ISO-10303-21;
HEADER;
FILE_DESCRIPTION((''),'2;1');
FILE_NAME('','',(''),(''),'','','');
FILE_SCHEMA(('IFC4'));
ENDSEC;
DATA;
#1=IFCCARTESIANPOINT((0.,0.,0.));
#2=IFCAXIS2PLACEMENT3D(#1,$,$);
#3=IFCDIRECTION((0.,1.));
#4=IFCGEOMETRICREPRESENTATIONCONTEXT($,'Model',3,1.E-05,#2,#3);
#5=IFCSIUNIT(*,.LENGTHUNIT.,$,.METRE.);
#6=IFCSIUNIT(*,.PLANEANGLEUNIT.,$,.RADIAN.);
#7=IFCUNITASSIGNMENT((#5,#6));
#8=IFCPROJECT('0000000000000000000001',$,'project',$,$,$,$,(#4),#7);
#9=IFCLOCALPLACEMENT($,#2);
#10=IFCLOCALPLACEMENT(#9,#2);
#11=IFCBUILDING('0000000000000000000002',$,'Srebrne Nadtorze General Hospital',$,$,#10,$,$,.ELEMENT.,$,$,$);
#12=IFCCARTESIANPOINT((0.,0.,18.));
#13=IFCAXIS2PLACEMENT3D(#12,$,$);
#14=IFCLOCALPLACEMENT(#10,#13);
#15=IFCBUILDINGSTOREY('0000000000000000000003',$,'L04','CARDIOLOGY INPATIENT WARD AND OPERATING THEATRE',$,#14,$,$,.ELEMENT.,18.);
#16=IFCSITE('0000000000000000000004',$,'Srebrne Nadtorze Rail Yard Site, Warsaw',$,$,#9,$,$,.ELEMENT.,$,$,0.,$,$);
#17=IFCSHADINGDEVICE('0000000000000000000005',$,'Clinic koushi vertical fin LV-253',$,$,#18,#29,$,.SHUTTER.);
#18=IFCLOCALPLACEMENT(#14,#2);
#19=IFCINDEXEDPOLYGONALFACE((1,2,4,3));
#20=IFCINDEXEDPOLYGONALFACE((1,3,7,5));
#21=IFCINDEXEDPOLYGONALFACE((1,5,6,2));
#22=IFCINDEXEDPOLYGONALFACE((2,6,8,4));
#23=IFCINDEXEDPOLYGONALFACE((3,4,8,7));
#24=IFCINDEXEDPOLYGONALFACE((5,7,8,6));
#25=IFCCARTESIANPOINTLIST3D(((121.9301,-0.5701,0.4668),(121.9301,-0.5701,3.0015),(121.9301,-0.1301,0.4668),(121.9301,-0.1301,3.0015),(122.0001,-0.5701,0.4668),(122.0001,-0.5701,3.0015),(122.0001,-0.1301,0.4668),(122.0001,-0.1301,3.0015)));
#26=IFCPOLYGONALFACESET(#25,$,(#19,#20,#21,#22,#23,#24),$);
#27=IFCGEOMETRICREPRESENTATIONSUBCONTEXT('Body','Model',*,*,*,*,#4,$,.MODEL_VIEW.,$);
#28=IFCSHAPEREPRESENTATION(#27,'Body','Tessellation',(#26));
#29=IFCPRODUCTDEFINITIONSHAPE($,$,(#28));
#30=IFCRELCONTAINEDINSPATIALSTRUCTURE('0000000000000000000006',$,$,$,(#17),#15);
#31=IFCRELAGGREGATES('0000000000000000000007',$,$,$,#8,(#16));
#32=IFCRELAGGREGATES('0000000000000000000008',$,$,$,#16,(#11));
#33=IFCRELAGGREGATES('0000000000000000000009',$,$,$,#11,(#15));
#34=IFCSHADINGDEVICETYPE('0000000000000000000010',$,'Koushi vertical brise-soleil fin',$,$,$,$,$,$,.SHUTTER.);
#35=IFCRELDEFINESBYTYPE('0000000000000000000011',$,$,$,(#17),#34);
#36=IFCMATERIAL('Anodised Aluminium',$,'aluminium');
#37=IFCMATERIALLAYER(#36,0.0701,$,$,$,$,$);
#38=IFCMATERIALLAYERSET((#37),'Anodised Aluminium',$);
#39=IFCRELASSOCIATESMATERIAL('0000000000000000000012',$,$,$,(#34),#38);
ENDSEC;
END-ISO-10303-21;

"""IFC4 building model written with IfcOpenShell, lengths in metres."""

from ifc_helpers import new_model, si_unit, direction, frame, origin, origin_2d, place, context, subcontext, project, spatial, rectangle, extrude, material, layer, layer_set, type_object, element, save


model = new_model("IFC4")

# Units and contexts
model_context = context("Model", 3, precision=1e-05, world=origin(), true_north=direction((0.0, 1.0)))
body_context = subcontext(model_context, "Body", "Model", "MODEL_VIEW")
ifc_project = project(units=[si_unit("LENGTHUNIT", "METRE"), si_unit("PLANEANGLEUNIT", "RADIAN")], contexts=[model_context])

# Site, building, storey
site_placement = place(None, origin())
site = spatial("IfcSite", under=ifc_project, at=site_placement, Name="Srebrne Nadtorze Rail Yard Site, Warsaw", CompositionType="ELEMENT", RefElevation=0.0)
building_placement = place(site_placement, origin())
building = spatial("IfcBuilding", under=site, at=building_placement, Name="Srebrne Nadtorze General Hospital", CompositionType="ELEMENT")
storey_placement = place(building_placement, frame((0.0, 0.0, 18.0)))
storey = spatial("IfcBuildingStorey", under=building, at=storey_placement, Name="L04", Description="CARDIOLOGY INPATIENT WARD AND OPERATING THEATRE", CompositionType="ELEMENT", Elevation=18.0)

# Shading device
ifc_material_1 = material(Name="Anodised Aluminium", Category="aluminium")
ifc_layer_1 = layer(ifc_material_1, 0.0701)
ifc_layer_set_1 = layer_set([ifc_layer_1], Name="Anodised Aluminium")
shading_device_type = type_object("IfcShadingDeviceType", Name="Koushi vertical brise-soleil fin", PredefinedType="SHUTTER", material=ifc_layer_set_1)
for number, where, z_axis, x_axis, name in (
    (1, (121.9651, -0.3501, 0.4668), (0.0, 0.0, 1.0), (1.0, 0.0, 0.0), "Clinic koushi vertical fin LV-253"),
):
    element("IfcShadingDevice", number, at=place(storey_placement, frame(where, z_axis=z_axis, x_axis=x_axis)), inside=storey, type_object=shading_device_type, Name=name, PredefinedType="SHUTTER", context=body_context, shape_type="SweptSolid", body=[
        extrude(rectangle(XDim=0.0701, YDim=0.4399, at=origin_2d()), origin(), (0.0, 0.0, 1.0), 2.5347),
    ])

save(model, "model.ifc")
